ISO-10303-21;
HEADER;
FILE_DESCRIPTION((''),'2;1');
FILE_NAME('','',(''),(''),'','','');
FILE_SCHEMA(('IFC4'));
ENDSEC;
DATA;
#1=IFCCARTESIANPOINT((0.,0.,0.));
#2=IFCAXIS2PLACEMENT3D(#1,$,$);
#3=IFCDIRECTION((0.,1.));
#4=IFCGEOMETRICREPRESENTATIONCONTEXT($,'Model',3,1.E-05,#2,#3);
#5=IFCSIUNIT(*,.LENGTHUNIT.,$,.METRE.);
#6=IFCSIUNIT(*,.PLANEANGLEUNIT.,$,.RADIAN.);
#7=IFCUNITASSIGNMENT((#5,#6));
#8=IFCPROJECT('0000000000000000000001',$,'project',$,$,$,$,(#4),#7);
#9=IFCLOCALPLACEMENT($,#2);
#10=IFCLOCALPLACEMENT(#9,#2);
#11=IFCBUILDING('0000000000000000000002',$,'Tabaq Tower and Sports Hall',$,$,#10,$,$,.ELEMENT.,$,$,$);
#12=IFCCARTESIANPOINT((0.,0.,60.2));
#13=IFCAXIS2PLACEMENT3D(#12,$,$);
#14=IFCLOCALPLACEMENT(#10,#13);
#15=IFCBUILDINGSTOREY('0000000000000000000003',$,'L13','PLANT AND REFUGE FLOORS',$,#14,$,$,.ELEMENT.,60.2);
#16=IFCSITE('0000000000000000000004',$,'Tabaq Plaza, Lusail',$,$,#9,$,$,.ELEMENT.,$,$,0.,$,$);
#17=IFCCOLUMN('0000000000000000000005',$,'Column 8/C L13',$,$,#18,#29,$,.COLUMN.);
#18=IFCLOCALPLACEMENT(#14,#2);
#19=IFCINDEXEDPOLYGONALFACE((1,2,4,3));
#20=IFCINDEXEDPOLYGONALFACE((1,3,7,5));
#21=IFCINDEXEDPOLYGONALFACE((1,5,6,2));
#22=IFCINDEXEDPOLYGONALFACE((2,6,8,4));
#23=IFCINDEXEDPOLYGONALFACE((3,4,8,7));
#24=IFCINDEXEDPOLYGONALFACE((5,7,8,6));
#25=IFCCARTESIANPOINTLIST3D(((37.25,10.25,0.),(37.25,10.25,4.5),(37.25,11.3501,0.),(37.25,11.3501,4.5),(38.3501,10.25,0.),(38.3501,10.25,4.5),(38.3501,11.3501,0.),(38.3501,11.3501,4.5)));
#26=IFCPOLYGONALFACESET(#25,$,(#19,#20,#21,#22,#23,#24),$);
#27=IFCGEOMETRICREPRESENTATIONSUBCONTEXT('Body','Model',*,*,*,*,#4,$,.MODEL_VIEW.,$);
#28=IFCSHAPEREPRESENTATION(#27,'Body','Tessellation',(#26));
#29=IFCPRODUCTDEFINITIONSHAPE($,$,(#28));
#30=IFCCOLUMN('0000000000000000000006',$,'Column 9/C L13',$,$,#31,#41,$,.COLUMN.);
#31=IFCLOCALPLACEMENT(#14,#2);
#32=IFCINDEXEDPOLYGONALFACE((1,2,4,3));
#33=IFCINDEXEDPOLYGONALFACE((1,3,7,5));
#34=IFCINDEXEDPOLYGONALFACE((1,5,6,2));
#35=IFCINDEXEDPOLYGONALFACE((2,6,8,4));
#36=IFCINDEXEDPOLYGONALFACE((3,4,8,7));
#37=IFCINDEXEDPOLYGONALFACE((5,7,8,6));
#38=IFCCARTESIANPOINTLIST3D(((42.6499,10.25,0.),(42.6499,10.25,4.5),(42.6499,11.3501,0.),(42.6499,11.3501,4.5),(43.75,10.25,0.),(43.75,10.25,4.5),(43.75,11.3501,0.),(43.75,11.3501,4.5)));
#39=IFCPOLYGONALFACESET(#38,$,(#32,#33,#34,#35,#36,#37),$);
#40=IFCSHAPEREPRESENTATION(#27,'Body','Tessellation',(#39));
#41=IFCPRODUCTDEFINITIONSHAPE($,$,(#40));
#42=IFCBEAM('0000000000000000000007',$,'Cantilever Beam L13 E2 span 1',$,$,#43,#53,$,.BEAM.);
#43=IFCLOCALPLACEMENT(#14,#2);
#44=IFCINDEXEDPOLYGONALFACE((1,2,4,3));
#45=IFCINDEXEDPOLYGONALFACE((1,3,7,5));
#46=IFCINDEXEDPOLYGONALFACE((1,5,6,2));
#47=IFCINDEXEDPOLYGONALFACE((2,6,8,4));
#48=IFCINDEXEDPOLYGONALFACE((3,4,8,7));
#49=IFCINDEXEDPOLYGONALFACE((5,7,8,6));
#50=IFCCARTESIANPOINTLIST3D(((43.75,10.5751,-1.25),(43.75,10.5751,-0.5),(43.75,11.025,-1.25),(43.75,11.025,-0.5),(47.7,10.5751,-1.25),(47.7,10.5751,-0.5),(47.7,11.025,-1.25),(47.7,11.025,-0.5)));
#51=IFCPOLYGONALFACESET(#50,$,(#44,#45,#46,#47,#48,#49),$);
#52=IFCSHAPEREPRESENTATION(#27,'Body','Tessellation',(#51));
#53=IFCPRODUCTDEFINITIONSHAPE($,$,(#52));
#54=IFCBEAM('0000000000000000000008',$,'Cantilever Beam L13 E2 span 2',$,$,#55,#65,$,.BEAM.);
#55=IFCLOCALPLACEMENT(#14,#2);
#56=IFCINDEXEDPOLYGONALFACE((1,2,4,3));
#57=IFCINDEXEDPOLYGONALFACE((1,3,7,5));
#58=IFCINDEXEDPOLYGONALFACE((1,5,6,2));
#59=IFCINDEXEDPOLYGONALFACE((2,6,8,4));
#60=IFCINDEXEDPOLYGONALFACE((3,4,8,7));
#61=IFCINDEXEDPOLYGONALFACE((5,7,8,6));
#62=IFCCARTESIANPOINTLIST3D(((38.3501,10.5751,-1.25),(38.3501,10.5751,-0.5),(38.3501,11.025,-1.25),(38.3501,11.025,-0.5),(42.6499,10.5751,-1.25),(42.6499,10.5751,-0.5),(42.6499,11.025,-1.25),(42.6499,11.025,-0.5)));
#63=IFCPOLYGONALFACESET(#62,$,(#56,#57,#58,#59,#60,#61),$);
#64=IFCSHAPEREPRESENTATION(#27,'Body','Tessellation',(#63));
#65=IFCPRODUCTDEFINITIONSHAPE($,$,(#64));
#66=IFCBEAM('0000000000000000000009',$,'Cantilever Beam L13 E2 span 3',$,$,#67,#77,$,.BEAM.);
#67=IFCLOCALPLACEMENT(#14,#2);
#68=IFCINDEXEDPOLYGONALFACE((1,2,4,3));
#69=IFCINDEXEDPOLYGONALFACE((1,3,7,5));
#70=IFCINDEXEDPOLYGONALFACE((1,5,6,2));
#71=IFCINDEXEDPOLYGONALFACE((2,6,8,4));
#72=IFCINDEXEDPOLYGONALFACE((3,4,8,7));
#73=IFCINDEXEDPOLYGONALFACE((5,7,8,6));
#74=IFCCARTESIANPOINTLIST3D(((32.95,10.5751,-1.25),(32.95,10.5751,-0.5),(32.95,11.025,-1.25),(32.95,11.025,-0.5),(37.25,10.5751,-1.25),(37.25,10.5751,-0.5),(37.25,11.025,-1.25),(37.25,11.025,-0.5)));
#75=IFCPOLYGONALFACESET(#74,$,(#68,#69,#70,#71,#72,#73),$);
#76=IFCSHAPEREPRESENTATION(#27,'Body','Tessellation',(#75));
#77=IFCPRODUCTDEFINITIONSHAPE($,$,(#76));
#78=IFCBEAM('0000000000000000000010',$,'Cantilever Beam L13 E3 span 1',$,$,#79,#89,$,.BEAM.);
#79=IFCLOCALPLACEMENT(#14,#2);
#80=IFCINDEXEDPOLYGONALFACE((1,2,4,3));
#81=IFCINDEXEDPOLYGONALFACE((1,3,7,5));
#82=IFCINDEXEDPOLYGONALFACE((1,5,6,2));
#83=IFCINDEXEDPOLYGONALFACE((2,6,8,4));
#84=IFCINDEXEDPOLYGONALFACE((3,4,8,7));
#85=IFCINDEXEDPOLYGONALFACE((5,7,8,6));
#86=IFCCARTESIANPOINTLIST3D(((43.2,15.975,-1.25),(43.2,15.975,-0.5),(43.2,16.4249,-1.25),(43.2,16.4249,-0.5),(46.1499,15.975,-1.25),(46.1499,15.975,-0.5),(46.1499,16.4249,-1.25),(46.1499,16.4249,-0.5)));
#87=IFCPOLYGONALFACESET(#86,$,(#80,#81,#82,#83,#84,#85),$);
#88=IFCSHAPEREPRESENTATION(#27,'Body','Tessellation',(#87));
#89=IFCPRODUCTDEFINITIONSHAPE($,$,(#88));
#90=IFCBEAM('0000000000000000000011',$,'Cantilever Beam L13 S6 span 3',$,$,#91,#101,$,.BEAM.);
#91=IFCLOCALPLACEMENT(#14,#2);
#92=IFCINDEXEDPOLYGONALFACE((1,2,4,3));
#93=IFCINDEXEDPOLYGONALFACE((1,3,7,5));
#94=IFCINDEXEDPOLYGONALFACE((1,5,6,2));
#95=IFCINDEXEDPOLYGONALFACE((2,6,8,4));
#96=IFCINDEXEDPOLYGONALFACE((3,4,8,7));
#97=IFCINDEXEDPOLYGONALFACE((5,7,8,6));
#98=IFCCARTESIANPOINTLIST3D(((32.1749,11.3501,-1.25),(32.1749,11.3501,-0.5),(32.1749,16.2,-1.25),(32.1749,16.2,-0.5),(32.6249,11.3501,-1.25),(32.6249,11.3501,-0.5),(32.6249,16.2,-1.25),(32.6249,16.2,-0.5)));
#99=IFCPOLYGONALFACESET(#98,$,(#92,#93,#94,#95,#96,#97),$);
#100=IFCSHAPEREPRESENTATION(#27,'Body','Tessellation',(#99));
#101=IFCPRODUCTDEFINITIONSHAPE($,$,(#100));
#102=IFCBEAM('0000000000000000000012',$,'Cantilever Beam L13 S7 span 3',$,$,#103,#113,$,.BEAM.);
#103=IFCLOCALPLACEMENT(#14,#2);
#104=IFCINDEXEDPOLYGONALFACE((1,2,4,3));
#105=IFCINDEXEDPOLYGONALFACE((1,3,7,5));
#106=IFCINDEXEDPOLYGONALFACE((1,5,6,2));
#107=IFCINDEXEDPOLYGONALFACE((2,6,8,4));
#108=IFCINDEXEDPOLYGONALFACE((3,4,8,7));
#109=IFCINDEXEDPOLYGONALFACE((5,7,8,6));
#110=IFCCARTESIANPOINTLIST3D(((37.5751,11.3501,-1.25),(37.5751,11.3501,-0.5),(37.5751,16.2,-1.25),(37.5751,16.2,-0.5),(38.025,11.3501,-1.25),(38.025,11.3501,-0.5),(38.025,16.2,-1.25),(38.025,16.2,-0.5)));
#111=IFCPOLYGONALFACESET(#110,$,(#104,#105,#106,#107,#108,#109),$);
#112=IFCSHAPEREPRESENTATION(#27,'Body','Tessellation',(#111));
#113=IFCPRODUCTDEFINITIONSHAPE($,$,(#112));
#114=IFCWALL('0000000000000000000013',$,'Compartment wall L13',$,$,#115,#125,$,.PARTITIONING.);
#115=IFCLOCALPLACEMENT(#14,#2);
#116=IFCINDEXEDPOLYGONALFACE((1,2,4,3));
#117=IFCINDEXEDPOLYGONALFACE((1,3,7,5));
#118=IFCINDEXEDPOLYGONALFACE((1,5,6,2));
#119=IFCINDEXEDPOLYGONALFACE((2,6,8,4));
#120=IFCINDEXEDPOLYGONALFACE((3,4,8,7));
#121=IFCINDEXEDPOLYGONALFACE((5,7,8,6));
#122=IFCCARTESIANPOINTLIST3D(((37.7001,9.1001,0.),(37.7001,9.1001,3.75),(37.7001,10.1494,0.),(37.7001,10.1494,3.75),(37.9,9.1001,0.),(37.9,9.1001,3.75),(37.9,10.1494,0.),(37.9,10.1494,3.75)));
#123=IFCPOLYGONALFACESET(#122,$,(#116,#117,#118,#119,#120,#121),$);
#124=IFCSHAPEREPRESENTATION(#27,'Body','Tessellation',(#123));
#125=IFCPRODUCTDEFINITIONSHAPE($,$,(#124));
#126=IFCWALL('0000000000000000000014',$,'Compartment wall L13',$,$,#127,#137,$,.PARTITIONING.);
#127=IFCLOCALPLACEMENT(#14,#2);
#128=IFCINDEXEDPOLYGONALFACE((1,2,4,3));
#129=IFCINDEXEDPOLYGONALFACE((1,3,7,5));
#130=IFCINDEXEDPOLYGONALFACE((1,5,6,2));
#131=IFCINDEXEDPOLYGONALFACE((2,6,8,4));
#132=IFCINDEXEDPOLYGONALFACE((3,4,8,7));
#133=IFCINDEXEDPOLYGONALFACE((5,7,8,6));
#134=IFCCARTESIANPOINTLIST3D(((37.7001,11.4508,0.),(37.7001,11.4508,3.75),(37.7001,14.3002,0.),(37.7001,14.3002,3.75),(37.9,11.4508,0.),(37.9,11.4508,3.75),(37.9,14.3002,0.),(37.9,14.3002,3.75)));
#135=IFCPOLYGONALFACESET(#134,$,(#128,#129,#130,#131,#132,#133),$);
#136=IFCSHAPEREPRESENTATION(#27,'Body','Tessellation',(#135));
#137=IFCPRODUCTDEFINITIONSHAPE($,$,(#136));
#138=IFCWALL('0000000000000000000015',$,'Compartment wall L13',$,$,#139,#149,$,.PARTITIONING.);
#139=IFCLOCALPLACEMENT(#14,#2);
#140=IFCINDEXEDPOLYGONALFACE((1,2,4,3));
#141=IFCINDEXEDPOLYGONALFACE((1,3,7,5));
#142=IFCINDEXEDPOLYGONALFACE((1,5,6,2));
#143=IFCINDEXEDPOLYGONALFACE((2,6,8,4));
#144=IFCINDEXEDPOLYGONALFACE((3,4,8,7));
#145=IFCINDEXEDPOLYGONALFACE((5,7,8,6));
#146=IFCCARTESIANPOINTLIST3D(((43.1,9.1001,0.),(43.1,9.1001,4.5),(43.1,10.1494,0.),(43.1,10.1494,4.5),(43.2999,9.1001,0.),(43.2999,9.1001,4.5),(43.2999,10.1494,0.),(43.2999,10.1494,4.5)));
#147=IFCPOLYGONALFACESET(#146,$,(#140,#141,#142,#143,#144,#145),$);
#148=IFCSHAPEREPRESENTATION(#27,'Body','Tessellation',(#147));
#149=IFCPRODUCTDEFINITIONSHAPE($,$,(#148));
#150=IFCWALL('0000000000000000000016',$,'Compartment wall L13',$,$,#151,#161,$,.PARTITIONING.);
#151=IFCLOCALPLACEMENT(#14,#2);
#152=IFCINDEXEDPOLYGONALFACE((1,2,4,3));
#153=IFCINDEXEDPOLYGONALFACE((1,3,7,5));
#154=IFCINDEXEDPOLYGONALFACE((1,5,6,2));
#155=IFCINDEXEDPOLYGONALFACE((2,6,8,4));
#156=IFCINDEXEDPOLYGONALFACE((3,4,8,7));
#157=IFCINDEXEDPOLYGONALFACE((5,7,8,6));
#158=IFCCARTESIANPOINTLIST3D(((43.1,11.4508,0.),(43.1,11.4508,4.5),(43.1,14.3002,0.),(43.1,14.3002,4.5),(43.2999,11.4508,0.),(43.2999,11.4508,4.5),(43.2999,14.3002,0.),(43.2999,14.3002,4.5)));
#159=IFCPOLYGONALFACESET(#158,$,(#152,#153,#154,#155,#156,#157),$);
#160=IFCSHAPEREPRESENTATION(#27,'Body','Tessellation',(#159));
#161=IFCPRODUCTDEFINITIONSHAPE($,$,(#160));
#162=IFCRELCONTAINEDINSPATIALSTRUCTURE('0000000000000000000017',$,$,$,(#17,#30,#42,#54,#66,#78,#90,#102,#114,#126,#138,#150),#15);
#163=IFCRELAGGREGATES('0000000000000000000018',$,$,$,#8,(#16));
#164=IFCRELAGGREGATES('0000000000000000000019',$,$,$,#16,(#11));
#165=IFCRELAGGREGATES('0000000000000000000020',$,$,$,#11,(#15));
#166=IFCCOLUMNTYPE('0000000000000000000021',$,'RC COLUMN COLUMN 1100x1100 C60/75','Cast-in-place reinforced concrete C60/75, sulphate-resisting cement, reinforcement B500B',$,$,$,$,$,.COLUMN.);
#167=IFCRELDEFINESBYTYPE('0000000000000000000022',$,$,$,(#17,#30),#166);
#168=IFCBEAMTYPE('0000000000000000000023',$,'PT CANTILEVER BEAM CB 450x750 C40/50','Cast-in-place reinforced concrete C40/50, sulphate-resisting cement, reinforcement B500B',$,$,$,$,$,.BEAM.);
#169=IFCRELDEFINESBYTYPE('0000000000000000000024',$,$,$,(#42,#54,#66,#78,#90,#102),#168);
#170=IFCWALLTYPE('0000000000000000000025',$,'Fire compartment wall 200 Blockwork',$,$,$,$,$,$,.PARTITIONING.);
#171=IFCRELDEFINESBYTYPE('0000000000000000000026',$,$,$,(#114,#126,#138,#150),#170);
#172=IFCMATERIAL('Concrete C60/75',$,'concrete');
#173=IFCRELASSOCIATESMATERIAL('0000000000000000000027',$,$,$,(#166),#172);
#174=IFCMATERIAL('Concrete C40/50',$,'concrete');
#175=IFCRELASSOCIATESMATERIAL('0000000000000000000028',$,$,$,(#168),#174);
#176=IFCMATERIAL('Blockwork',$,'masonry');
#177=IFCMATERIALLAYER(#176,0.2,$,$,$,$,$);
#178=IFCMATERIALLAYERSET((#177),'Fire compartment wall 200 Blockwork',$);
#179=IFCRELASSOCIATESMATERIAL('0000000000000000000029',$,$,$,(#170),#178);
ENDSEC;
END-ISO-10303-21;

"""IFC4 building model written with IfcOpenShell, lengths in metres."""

from ifc_helpers import new_model, si_unit, direction, frame, frame_2d, origin, origin_2d, place, context, subcontext, project, spatial, rectangle, extrude, material, layer, layer_set, material_profile, profile_set, type_object, element, save


model = new_model("IFC4")

# Units and contexts
model_context = context("Model", 3, precision=1e-05, world=origin(), true_north=direction((0.0, 1.0)))
body_context = subcontext(model_context, "Body", "Model", "MODEL_VIEW")
ifc_project = project(units=[si_unit("LENGTHUNIT", "METRE"), si_unit("PLANEANGLEUNIT", "RADIAN")], contexts=[model_context])

# Site, building, storey
site_placement = place(None, origin())
site = spatial("IfcSite", under=ifc_project, at=site_placement, Name="Tabaq Plaza, Lusail", CompositionType="ELEMENT", RefElevation=0.0)
building_placement = place(site_placement, origin())
building = spatial("IfcBuilding", under=site, at=building_placement, Name="Tabaq Tower and Sports Hall", CompositionType="ELEMENT")
storey_placement = place(building_placement, frame((0.0, 0.0, 60.2)))
storey = spatial("IfcBuildingStorey", under=building, at=storey_placement, Name="L13", Description="PLANT AND REFUGE FLOORS", CompositionType="ELEMENT", Elevation=60.2)

# Columns
ifc_material_1 = material(Name="Concrete C60/75", Category="concrete")
ifc_material_profile_1 = material_profile(ifc_material_1, rectangle(XDim=1.1001, YDim=1.1001, at=origin_2d()), Name="COLUMN 1100x1100")
ifc_profile_set_1 = profile_set([ifc_material_profile_1], Name="Concrete C60/75")
column_type = type_object("IfcColumnType", Name="RC COLUMN COLUMN 1100x1100 C60/75", Description="Cast-in-place reinforced concrete C60/75, sulphate-resisting cement, reinforcement B500B", PredefinedType="COLUMN", material=ifc_profile_set_1)
for number, where, z_axis, x_axis, name in (
    (1, (37.8, 10.8, 0.0), (0.0, 0.0, 1.0), (1.0, 0.0, 0.0), "Column 8/C L13"),
    (2, (43.2, 10.8, 0.0), (0.0, 0.0, 1.0), (1.0, 0.0, 0.0), "Column 9/C L13"),
):
    element("IfcColumn", number, at=place(storey_placement, frame(where, z_axis=z_axis, x_axis=x_axis)), inside=storey, type_object=column_type, Name=name, PredefinedType="COLUMN", context=body_context, shape_type="SweptSolid", body=[
        extrude(rectangle(XDim=1.1001, YDim=1.1001, at=origin_2d()), origin(), (0.0, 0.0, 1.0), 4.5),
    ])

# Beams
ifc_material_2 = material(Name="Concrete C40/50", Category="concrete")
ifc_material_profile_2 = material_profile(ifc_material_2, rectangle(XDim=0.45, YDim=0.75, at=origin_2d()), Name="CB 450x750")
ifc_profile_set_2 = profile_set([ifc_material_profile_2], Name="Concrete C40/50")
beam_type = type_object("IfcBeamType", Name="PT CANTILEVER BEAM CB 450x750 C40/50", Description="Cast-in-place reinforced concrete C40/50, sulphate-resisting cement, reinforcement B500B", PredefinedType="BEAM", material=ifc_profile_set_2)
beam_1_placement = place(storey_placement, frame((47.7, 10.8, -0.875), z_axis=(-1.0, 0.0, 0.0), x_axis=(0.0, -1.0, 0.0)))
element("IfcBeam", 3, at=beam_1_placement, inside=storey, type_object=beam_type, Name="Cantilever Beam L13 E2 span 1", PredefinedType="BEAM", context=body_context, shape_type="SweptSolid", body=[
    extrude(rectangle(XDim=0.45, YDim=0.75, at=origin_2d()), origin(), (0.0, 0.0, 1.0), 3.95),
])
beam_2_placement = place(storey_placement, frame((42.6499, 10.8, -0.875), z_axis=(-1.0, 0.0, 0.0), x_axis=(0.0, -1.0, 0.0)))
element("IfcBeam", 4, at=beam_2_placement, inside=storey, type_object=beam_type, Name="Cantilever Beam L13 E2 span 2", PredefinedType="BEAM", context=body_context, shape_type="SweptSolid", body=[
    extrude(rectangle(XDim=0.45, YDim=0.75, at=origin_2d()), origin(), (0.0, 0.0, 1.0), 4.2998),
])
beam_3_placement = place(storey_placement, frame((37.25, 10.8, -0.875), z_axis=(-1.0, 0.0, 0.0), x_axis=(0.0, -1.0, 0.0)))
element("IfcBeam", 5, at=beam_3_placement, inside=storey, type_object=beam_type, Name="Cantilever Beam L13 E2 span 3", PredefinedType="BEAM", context=body_context, shape_type="SweptSolid", body=[
    extrude(rectangle(XDim=0.45, YDim=0.75, at=origin_2d()), origin(), (0.0, 0.0, 1.0), 4.3),
])
beam_4_placement = place(storey_placement, frame((46.1499, 16.2, -0.875), z_axis=(-1.0, 0.0, 0.0), x_axis=(0.0, -1.0, 0.0)))
element("IfcBeam", 6, at=beam_4_placement, inside=storey, type_object=beam_type, Name="Cantilever Beam L13 E3 span 1", PredefinedType="BEAM", context=body_context, shape_type="SweptSolid", body=[
    extrude(rectangle(XDim=0.45, YDim=0.75, at=origin_2d()), origin(), (0.0, 0.0, 1.0), 2.95),
])
for number, where, z_axis, x_axis, name in (
    (7, (32.3999, 11.3501, -0.875), (0.0, 1.0, 0.0), (-1.0, 0.0, 0.0), "Cantilever Beam L13 S6 span 3"),
    (8, (37.8, 11.3501, -0.875), (0.0, 1.0, 0.0), (-1.0, 0.0, 0.0), "Cantilever Beam L13 S7 span 3"),
):
    element("IfcBeam", number, at=place(storey_placement, frame(where, z_axis=z_axis, x_axis=x_axis)), inside=storey, type_object=beam_type, Name=name, PredefinedType="BEAM", context=body_context, shape_type="SweptSolid", body=[
        extrude(rectangle(XDim=0.45, YDim=0.75, at=origin_2d()), origin(), (0.0, 0.0, 1.0), 4.8499),
    ])

# Shared definitions
ifc_material_3 = material(Name="Blockwork", Category="masonry")
ifc_layer_1 = layer(ifc_material_3, 0.2)
ifc_layer_set_1 = layer_set([ifc_layer_1], Name="Fire compartment wall 200 Blockwork")
wall_type_1 = type_object("IfcWallType", Name="Fire compartment wall 200 Blockwork", PredefinedType="PARTITIONING", material=ifc_layer_set_1)

# Walls
wall_1_placement = place(storey_placement, frame((37.8, 9.1001, 0.0), z_axis=(0.0, 0.0, 1.0), x_axis=(0.0, 1.0, 0.0)))
element("IfcWall", 9, at=wall_1_placement, inside=storey, type_object=wall_type_1, Name="Compartment wall L13", PredefinedType="PARTITIONING", context=body_context, shape_type="SweptSolid", body=[
    extrude(rectangle(XDim=1.0493, YDim=0.2, at=frame_2d((0.5247, 0.0))), origin(), (0.0, 0.0, 1.0), 3.75),
])
wall_2_placement = place(storey_placement, frame((37.8, 11.4507, 0.0), z_axis=(0.0, 0.0, 1.0), x_axis=(0.0, 1.0, 0.0)))
element("IfcWall", 10, at=wall_2_placement, inside=storey, type_object=wall_type_1, Name="Compartment wall L13", PredefinedType="PARTITIONING", context=body_context, shape_type="SweptSolid", body=[
    extrude(rectangle(XDim=2.8494, YDim=0.2, at=frame_2d((1.4248, 0.0))), origin(), (0.0, 0.0, 1.0), 3.75),
])
wall_3_placement = place(storey_placement, frame((43.2, 9.1001, 0.0), z_axis=(0.0, 0.0, 1.0), x_axis=(0.0, 1.0, 0.0)))
element("IfcWall", 11, at=wall_3_placement, inside=storey, type_object=wall_type_1, Name="Compartment wall L13", PredefinedType="PARTITIONING", context=body_context, shape_type="SweptSolid", body=[
    extrude(rectangle(XDim=1.0493, YDim=0.2, at=frame_2d((0.5247, 0.0))), origin(), (0.0, 0.0, 1.0), 4.5),
])
wall_4_placement = place(storey_placement, frame((43.2, 11.4507, 0.0), z_axis=(0.0, 0.0, 1.0), x_axis=(0.0, 1.0, 0.0)))
element("IfcWall", 12, at=wall_4_placement, inside=storey, type_object=wall_type_1, Name="Compartment wall L13", PredefinedType="PARTITIONING", context=body_context, shape_type="SweptSolid", body=[
    extrude(rectangle(XDim=2.8494, YDim=0.2, at=frame_2d((1.4248, 0.0))), origin(), (0.0, 0.0, 1.0), 4.5),
])

save(model, "model.ifc")
